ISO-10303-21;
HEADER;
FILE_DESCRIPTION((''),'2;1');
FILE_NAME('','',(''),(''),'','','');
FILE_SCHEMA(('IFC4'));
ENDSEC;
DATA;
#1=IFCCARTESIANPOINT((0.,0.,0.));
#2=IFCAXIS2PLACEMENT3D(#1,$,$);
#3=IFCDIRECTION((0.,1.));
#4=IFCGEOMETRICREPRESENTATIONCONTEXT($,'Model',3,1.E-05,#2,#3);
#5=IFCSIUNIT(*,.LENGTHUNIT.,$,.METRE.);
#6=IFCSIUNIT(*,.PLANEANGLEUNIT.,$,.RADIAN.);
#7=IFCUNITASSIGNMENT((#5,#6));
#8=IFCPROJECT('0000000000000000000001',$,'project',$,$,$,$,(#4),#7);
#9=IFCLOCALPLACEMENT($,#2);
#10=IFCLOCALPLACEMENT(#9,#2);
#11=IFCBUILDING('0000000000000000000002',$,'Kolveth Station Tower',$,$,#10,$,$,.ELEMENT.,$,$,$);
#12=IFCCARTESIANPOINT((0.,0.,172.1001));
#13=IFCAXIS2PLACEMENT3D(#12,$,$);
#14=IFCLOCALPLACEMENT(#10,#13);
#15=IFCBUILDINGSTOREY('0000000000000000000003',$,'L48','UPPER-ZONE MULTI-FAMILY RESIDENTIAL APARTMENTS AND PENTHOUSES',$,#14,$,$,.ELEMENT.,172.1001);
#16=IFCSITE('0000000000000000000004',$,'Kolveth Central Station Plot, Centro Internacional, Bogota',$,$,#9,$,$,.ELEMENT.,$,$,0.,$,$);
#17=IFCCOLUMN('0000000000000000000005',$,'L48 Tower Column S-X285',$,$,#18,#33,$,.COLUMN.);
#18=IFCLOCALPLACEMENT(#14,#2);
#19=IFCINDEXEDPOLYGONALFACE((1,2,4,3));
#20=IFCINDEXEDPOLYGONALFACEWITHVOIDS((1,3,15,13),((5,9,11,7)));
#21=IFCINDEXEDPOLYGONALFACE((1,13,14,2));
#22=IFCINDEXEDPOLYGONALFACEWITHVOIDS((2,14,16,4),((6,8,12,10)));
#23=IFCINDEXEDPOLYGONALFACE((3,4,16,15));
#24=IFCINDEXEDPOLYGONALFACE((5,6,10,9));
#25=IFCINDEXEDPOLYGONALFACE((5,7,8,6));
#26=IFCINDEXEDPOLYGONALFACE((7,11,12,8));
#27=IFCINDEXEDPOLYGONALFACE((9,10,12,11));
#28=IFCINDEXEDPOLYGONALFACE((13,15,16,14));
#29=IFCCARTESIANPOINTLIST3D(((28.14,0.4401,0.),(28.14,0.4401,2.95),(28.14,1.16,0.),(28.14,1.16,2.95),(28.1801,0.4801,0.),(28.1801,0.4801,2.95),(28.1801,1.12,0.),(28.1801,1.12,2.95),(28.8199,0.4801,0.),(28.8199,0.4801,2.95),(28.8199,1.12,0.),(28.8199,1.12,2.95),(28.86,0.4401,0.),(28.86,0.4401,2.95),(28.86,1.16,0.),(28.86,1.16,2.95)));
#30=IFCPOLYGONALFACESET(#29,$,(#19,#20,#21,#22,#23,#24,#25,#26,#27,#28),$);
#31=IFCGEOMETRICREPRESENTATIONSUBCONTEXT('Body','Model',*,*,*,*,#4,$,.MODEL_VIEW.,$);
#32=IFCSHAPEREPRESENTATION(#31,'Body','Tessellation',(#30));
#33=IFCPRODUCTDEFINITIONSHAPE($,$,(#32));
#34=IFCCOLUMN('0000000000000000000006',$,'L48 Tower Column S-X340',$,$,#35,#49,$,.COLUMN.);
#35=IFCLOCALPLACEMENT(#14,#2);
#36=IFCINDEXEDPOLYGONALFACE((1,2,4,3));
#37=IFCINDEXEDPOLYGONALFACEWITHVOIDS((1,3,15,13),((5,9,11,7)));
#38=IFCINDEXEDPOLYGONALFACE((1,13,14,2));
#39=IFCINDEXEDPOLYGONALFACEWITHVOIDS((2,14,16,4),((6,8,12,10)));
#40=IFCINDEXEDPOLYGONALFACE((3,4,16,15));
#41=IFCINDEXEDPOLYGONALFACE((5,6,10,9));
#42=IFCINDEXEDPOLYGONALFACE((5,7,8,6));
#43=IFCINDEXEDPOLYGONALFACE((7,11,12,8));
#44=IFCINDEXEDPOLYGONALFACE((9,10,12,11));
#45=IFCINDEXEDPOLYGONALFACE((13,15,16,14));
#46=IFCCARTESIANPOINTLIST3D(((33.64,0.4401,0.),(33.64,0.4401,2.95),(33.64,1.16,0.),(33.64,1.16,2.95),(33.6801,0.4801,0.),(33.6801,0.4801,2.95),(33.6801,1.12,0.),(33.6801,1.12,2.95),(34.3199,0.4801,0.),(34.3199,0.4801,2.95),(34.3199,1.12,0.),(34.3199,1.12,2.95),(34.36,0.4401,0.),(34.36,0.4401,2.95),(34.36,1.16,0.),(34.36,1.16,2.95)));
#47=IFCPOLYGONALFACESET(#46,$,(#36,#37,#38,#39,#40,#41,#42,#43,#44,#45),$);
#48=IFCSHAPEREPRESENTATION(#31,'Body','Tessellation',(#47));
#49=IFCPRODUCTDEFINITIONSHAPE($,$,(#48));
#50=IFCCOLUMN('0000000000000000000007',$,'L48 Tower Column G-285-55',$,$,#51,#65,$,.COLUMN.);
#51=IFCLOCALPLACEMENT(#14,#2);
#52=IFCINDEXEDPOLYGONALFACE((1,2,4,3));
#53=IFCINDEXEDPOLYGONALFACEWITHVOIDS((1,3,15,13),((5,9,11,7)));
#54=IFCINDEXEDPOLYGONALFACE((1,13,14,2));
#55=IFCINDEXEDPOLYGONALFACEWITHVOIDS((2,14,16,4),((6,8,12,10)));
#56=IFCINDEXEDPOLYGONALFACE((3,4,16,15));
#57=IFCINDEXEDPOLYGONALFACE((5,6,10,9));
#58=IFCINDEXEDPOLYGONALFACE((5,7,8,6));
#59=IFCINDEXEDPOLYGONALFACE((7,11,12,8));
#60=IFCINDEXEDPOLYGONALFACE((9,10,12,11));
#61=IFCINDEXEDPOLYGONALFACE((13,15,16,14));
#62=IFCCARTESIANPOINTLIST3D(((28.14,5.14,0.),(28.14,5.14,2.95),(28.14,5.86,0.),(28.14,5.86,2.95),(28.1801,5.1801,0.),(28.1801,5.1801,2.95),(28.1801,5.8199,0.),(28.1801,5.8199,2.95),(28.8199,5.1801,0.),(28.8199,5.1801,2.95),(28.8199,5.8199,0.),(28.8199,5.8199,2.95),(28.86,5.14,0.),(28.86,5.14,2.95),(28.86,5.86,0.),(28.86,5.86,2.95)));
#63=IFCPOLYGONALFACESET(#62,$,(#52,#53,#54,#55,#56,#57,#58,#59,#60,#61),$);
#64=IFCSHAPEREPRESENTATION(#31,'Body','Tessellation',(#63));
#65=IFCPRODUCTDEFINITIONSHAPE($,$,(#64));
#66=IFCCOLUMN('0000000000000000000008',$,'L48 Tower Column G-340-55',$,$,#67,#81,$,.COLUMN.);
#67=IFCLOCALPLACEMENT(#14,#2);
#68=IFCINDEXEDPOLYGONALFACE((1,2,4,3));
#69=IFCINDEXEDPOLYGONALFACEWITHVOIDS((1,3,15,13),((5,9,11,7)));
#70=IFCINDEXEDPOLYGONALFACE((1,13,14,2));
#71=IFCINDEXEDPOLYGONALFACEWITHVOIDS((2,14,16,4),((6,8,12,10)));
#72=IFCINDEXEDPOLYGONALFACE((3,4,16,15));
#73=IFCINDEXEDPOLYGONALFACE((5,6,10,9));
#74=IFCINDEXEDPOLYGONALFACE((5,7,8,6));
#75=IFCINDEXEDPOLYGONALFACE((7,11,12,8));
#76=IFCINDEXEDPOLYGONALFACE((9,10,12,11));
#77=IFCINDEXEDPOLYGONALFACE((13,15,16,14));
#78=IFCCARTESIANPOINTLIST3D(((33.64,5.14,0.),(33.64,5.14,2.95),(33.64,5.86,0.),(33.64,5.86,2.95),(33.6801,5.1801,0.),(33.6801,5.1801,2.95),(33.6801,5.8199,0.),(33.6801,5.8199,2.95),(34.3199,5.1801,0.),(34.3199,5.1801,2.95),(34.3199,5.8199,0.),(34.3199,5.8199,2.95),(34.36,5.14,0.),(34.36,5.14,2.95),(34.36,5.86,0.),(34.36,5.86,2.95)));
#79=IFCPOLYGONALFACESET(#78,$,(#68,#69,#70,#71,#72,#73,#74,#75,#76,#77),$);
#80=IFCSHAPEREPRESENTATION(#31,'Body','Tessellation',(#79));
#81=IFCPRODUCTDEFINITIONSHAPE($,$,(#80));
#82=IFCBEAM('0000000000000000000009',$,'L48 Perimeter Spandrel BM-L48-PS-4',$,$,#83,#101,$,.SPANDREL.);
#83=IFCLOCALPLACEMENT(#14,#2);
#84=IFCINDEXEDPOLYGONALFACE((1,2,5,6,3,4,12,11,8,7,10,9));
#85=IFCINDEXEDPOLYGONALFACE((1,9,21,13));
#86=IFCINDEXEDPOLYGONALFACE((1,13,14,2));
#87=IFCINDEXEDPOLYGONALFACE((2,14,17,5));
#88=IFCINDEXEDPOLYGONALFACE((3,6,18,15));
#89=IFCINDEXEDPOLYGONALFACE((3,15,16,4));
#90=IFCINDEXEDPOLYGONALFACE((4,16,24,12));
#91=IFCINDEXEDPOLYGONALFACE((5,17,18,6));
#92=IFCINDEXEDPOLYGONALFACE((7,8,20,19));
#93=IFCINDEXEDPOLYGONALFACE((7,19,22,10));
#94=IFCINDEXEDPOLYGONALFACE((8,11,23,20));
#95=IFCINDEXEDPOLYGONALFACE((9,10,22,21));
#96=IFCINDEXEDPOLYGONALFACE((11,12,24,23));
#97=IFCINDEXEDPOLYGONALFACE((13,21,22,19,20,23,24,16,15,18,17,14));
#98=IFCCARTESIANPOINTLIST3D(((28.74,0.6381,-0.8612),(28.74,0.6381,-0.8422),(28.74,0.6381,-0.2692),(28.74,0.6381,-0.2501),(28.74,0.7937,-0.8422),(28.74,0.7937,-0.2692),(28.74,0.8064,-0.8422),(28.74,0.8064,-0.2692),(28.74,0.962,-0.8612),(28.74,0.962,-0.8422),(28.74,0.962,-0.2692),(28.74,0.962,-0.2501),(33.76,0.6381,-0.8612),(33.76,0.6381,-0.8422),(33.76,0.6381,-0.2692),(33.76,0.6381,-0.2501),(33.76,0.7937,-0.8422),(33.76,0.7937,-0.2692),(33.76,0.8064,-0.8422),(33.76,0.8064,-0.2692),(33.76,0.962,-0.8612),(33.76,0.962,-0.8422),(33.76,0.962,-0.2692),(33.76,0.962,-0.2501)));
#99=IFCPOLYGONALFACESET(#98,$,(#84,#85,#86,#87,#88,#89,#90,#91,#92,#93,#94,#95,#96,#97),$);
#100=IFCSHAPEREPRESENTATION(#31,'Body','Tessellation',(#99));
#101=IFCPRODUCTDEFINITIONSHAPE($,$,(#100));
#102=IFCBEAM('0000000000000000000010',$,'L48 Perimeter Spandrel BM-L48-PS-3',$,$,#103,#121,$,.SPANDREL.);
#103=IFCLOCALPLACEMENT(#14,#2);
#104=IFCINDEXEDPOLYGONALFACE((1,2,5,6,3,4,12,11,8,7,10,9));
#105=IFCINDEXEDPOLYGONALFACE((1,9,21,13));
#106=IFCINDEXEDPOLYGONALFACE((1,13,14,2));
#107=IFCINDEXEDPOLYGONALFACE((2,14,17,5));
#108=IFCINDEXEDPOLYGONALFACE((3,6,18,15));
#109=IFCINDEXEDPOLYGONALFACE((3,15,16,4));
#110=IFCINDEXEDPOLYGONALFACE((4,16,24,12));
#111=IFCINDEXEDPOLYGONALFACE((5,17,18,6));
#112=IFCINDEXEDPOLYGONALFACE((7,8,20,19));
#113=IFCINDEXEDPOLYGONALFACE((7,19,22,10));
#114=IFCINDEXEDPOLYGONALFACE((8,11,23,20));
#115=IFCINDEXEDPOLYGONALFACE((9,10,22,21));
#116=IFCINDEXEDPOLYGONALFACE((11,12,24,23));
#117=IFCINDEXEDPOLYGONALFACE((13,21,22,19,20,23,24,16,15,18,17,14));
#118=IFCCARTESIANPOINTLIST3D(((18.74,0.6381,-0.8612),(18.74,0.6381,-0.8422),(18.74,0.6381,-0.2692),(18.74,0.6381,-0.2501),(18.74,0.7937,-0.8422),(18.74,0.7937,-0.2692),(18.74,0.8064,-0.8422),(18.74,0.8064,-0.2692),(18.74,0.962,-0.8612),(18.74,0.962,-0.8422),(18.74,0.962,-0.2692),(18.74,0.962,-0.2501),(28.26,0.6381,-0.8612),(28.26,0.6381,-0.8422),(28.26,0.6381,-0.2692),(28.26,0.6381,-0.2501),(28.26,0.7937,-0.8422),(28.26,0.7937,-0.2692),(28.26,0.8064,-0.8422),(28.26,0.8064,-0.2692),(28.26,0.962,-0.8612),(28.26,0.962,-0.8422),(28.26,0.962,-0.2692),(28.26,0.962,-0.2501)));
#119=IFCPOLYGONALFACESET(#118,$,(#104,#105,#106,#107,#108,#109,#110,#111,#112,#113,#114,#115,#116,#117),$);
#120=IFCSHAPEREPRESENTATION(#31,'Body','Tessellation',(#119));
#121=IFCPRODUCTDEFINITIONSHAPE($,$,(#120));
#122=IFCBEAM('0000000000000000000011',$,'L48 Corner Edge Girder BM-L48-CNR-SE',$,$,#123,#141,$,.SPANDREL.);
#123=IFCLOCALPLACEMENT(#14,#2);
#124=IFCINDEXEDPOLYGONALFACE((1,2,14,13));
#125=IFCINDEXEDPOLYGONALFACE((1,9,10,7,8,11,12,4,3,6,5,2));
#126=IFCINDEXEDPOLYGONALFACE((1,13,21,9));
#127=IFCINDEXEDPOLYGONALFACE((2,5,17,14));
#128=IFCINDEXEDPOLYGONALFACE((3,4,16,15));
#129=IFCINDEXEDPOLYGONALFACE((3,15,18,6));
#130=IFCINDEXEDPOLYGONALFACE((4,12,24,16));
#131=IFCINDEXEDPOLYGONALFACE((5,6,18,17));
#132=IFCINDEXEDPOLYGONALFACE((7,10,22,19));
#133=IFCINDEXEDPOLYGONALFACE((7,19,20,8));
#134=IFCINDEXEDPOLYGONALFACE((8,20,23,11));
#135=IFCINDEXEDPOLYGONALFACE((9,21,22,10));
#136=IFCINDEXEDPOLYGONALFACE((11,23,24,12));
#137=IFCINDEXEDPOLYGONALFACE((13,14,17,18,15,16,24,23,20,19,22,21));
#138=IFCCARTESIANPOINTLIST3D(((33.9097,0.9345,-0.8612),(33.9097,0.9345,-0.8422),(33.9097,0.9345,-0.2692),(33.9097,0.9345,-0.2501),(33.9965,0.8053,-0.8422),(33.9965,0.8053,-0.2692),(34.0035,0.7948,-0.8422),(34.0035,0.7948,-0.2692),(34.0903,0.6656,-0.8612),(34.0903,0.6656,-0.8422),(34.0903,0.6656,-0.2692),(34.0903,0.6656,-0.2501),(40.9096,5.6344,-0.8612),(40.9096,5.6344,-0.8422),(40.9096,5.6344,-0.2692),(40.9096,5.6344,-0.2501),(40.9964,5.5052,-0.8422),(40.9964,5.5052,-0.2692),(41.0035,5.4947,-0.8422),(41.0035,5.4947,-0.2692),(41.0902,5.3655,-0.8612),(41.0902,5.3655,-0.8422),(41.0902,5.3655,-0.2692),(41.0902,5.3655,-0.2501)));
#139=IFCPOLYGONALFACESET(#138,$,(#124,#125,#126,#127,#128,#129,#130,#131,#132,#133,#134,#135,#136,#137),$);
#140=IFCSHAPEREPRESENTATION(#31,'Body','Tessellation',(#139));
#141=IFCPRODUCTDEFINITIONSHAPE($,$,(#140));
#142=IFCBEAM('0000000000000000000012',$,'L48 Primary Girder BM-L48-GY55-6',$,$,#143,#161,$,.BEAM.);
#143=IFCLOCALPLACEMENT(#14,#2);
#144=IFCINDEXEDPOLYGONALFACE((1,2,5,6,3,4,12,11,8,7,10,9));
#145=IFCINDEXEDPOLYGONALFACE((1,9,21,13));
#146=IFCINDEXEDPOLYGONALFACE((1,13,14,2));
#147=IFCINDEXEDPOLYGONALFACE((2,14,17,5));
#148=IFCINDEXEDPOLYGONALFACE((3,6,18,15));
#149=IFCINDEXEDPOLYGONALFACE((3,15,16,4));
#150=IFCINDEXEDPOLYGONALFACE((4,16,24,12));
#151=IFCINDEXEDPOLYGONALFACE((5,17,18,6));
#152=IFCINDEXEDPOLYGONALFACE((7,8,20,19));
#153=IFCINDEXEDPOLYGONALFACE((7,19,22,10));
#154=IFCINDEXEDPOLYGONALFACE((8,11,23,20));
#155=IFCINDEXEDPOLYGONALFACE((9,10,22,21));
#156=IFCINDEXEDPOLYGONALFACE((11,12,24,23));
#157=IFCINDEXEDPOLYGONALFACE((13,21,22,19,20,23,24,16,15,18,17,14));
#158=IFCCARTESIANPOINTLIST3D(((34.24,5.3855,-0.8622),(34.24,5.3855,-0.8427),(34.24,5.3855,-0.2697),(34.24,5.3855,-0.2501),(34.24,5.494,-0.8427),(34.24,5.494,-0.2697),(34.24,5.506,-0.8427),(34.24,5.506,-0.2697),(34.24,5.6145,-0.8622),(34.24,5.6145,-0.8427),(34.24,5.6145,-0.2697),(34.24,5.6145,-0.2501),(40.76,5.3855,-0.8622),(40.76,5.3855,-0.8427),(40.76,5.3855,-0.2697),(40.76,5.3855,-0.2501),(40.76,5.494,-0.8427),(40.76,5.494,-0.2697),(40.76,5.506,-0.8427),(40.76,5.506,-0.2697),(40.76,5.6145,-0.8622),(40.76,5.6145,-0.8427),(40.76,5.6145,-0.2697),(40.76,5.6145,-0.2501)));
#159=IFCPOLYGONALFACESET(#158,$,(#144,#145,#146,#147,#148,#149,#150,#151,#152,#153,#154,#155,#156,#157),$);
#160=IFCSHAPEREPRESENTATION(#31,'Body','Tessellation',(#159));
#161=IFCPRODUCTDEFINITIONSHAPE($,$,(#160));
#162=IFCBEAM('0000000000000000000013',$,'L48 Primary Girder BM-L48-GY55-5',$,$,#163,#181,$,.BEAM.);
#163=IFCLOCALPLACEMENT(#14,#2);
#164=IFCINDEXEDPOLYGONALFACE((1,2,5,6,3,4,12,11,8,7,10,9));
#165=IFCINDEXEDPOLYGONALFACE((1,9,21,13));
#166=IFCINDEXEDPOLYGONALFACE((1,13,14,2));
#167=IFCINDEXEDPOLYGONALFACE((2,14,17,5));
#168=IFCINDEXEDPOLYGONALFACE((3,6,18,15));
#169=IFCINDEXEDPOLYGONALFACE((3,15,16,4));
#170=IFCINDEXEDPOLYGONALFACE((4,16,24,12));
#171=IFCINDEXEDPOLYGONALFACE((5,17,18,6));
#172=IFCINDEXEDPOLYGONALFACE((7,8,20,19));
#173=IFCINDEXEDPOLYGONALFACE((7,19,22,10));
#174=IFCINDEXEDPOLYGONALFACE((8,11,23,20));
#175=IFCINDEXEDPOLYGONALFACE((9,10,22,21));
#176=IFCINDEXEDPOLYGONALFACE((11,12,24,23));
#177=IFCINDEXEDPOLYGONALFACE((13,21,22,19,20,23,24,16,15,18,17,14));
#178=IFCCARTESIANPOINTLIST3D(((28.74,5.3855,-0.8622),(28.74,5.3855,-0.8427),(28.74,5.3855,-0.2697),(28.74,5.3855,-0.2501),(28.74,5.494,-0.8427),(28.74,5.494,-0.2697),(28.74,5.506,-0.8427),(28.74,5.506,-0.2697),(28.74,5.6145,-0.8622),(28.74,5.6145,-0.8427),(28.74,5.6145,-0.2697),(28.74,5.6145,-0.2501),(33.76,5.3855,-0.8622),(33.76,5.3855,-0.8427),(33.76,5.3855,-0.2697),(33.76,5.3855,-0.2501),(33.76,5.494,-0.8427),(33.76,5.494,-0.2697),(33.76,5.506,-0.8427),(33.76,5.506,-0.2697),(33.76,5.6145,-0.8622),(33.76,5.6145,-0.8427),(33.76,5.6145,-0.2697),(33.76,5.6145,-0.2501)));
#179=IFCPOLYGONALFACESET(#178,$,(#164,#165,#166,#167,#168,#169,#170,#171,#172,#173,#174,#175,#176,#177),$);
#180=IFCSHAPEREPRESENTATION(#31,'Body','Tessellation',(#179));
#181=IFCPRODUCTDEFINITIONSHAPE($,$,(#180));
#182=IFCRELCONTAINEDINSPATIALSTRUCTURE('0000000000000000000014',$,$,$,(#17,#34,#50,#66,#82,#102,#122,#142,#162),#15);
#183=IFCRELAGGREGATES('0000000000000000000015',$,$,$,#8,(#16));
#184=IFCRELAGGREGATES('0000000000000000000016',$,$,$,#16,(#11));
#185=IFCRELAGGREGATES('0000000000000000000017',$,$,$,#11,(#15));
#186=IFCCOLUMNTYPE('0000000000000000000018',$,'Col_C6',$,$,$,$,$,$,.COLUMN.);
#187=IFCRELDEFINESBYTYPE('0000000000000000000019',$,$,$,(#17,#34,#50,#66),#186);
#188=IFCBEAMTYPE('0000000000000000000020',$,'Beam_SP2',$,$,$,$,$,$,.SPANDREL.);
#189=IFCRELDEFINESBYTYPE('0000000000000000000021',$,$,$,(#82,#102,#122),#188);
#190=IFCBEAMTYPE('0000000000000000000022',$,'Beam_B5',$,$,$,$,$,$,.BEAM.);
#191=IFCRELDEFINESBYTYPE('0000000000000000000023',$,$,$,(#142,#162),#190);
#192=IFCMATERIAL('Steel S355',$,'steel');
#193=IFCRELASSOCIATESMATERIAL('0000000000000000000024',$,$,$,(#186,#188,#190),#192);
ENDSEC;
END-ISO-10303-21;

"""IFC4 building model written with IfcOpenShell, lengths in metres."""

from ifc_helpers import new_model, si_unit, direction, frame, origin, origin_2d, place, context, subcontext, project, spatial, hollow_rectangle, i_section, extrude, source, transform, mapped, material, material_profile, profile_set, type_object, element, save


model = new_model("IFC4")

# Units and contexts
model_context = context("Model", 3, precision=1e-05, world=origin(), true_north=direction((0.0, 1.0)))
body_context = subcontext(model_context, "Body", "Model", "MODEL_VIEW")
ifc_project = project(units=[si_unit("LENGTHUNIT", "METRE"), si_unit("PLANEANGLEUNIT", "RADIAN")], contexts=[model_context])

# Site, building, storey
site_placement = place(None, origin())
site = spatial("IfcSite", under=ifc_project, at=site_placement, Name="Kolveth Central Station Plot, Centro Internacional, Bogota", CompositionType="ELEMENT", RefElevation=0.0)
building_placement = place(site_placement, origin())
building = spatial("IfcBuilding", under=site, at=building_placement, Name="Kolveth Station Tower", CompositionType="ELEMENT")
storey_placement = place(building_placement, frame((0.0, 0.0, 172.1001)))
storey = spatial("IfcBuildingStorey", under=building, at=storey_placement, Name="L48", Description="UPPER-ZONE MULTI-FAMILY RESIDENTIAL APARTMENTS AND PENTHOUSES", CompositionType="ELEMENT", Elevation=172.1001)

# Columns
ifc_material_1 = material(Name="Steel S355", Category="steel")
ifc_material_profile_1 = material_profile(ifc_material_1, hollow_rectangle(XDim=0.72, YDim=0.72, WallThickness=0.04, at=origin_2d()), Name="BOX720x720x40")
ifc_profile_set_1 = profile_set([ifc_material_profile_1], Name="Steel S355")
column_type = type_object("IfcColumnType", Name="Col_C6", PredefinedType="COLUMN", material=ifc_profile_set_1)
shared_shape_1 = source(origin(), body_context, "Body", "SweptSolid", [
    extrude(hollow_rectangle(XDim=0.72, YDim=0.72, WallThickness=0.04, at=origin_2d()), origin(), (0.0, 0.0, 1.0), 2.95),
])
for number, where, z_axis, x_axis, name in (
    (1, (28.5, 0.8, 0.0), (0.0, 0.0, 1.0), (1.0, 0.0, 0.0), "L48 Tower Column S-X285"),
    (2, (34.0, 0.8, 0.0), (0.0, 0.0, 1.0), (1.0, 0.0, 0.0), "L48 Tower Column S-X340"),
    (3, (28.5, 5.5, 0.0), (0.0, 0.0, 1.0), (1.0, 0.0, 0.0), "L48 Tower Column G-285-55"),
    (4, (34.0, 5.5, 0.0), (0.0, 0.0, 1.0), (1.0, 0.0, 0.0), "L48 Tower Column G-340-55"),
):
    element("IfcColumn", number, at=place(storey_placement, frame(where, z_axis=z_axis, x_axis=x_axis)), inside=storey, type_object=column_type, Name=name, PredefinedType="COLUMN", context=body_context, shape_type="MappedRepresentation", body=[
        mapped(shared_shape_1, transform((0.0, 0.0, 0.0), x_axis=(1.0, 0.0, 0.0), y_axis=(0.0, 1.0, 0.0), z_axis=(0.0, 0.0, 1.0), scale=1.0)),
    ])

# Beams
ifc_material_profile_2 = material_profile(ifc_material_1, i_section(OverallWidth=0.324, OverallDepth=0.6111, WebThickness=0.0127, FlangeThickness=0.019, at=origin_2d()), Name="W610x155")
ifc_profile_set_2 = profile_set([ifc_material_profile_2], Name="Steel S355")
beam_type_1 = type_object("IfcBeamType", Name="Beam_SP2", PredefinedType="SPANDREL", material=ifc_profile_set_2)
shared_shape_2 = source(origin(), body_context, "Body", "SweptSolid", [
    extrude(i_section(OverallWidth=0.324, OverallDepth=0.6111, WebThickness=0.0127, FlangeThickness=0.019, at=origin_2d()), origin(), (0.0, 0.0, 1.0), 5.02),
])
beam_1_placement = place(storey_placement, frame((28.74, 0.8, -0.5557), z_axis=(1.0, 0.0, 0.0), x_axis=(0.0, 1.0, 0.0)))
element("IfcBeam", 5, at=beam_1_placement, inside=storey, type_object=beam_type_1, Name="L48 Perimeter Spandrel BM-L48-PS-4", PredefinedType="SPANDREL", context=body_context, shape_type="MappedRepresentation", body=[
    mapped(shared_shape_2, transform((0.0, 0.0, 0.0), x_axis=(1.0, 0.0, 0.0), y_axis=(0.0, 1.0, 0.0), z_axis=(0.0, 0.0, 1.0), scale=1.0)),
])
shared_shape_3 = source(origin(), body_context, "Body", "SweptSolid", [
    extrude(i_section(OverallWidth=0.324, OverallDepth=0.6111, WebThickness=0.0127, FlangeThickness=0.019, at=origin_2d()), origin(), (0.0, 0.0, 1.0), 9.52),
])
beam_2_placement = place(storey_placement, frame((18.74, 0.8, -0.5557), z_axis=(1.0, 0.0, 0.0), x_axis=(0.0, 1.0, 0.0)))
element("IfcBeam", 6, at=beam_2_placement, inside=storey, type_object=beam_type_1, Name="L48 Perimeter Spandrel BM-L48-PS-3", PredefinedType="SPANDREL", context=body_context, shape_type="MappedRepresentation", body=[
    mapped(shared_shape_3, transform((0.0, 0.0, 0.0), x_axis=(1.0, 0.0, 0.0), y_axis=(0.0, 1.0, 0.0), z_axis=(0.0, 0.0, 1.0), scale=1.0)),
])
shared_shape_4 = source(origin(), body_context, "Body", "SweptSolid", [
    extrude(i_section(OverallWidth=0.324, OverallDepth=0.6111, WebThickness=0.0127, FlangeThickness=0.019, at=origin_2d()), origin(), (0.0, 0.0, 1.0), 8.4314),
])
beam_3_placement = place(storey_placement, frame((34.0, 0.8, -0.5557), z_axis=(0.830224, 0.55743, 0.0), x_axis=(-0.55743, 0.830224, 0.0)))
element("IfcBeam", 7, at=beam_3_placement, inside=storey, type_object=beam_type_1, Name="L48 Corner Edge Girder BM-L48-CNR-SE", PredefinedType="SPANDREL", context=body_context, shape_type="MappedRepresentation", body=[
    mapped(shared_shape_4, transform((0.0, 0.0, 0.0), x_axis=(1.0, 0.0, 0.0), y_axis=(0.0, 1.0, 0.0), z_axis=(0.0, 0.0, 1.0), scale=1.0)),
])
ifc_material_profile_3 = material_profile(ifc_material_1, i_section(OverallWidth=0.229, OverallDepth=0.6121, WebThickness=0.012, FlangeThickness=0.0195, at=origin_2d()), Name="W610x125")
ifc_profile_set_3 = profile_set([ifc_material_profile_3], Name="Steel S355")
beam_type_2 = type_object("IfcBeamType", Name="Beam_B5", PredefinedType="BEAM", material=ifc_profile_set_3)
shared_shape_5 = source(origin(), body_context, "Body", "SweptSolid", [
    extrude(i_section(OverallWidth=0.229, OverallDepth=0.6121, WebThickness=0.012, FlangeThickness=0.0195, at=origin_2d()), origin(), (0.0, 0.0, 1.0), 6.52),
])
beam_4_placement = place(storey_placement, frame((34.24, 5.5, -0.5562), z_axis=(1.0, 0.0, 0.0), x_axis=(0.0, 1.0, 0.0)))
element("IfcBeam", 8, at=beam_4_placement, inside=storey, type_object=beam_type_2, Name="L48 Primary Girder BM-L48-GY55-6", PredefinedType="BEAM", context=body_context, shape_type="MappedRepresentation", body=[
    mapped(shared_shape_5, transform((0.0, 0.0, 0.0), x_axis=(1.0, 0.0, 0.0), y_axis=(0.0, 1.0, 0.0), z_axis=(0.0, 0.0, 1.0), scale=1.0)),
])
shared_shape_6 = source(origin(), body_context, "Body", "SweptSolid", [
    extrude(i_section(OverallWidth=0.229, OverallDepth=0.6121, WebThickness=0.012, FlangeThickness=0.0195, at=origin_2d()), origin(), (0.0, 0.0, 1.0), 5.02),
])
beam_5_placement = place(storey_placement, frame((28.74, 5.5, -0.5562), z_axis=(1.0, 0.0, 0.0), x_axis=(0.0, 1.0, 0.0)))
element("IfcBeam", 9, at=beam_5_placement, inside=storey, type_object=beam_type_2, Name="L48 Primary Girder BM-L48-GY55-5", PredefinedType="BEAM", context=body_context, shape_type="MappedRepresentation", body=[
    mapped(shared_shape_6, transform((0.0, 0.0, 0.0), x_axis=(1.0, 0.0, 0.0), y_axis=(0.0, 1.0, 0.0), z_axis=(0.0, 0.0, 1.0), scale=1.0)),
])

save(model, "model.ifc")
